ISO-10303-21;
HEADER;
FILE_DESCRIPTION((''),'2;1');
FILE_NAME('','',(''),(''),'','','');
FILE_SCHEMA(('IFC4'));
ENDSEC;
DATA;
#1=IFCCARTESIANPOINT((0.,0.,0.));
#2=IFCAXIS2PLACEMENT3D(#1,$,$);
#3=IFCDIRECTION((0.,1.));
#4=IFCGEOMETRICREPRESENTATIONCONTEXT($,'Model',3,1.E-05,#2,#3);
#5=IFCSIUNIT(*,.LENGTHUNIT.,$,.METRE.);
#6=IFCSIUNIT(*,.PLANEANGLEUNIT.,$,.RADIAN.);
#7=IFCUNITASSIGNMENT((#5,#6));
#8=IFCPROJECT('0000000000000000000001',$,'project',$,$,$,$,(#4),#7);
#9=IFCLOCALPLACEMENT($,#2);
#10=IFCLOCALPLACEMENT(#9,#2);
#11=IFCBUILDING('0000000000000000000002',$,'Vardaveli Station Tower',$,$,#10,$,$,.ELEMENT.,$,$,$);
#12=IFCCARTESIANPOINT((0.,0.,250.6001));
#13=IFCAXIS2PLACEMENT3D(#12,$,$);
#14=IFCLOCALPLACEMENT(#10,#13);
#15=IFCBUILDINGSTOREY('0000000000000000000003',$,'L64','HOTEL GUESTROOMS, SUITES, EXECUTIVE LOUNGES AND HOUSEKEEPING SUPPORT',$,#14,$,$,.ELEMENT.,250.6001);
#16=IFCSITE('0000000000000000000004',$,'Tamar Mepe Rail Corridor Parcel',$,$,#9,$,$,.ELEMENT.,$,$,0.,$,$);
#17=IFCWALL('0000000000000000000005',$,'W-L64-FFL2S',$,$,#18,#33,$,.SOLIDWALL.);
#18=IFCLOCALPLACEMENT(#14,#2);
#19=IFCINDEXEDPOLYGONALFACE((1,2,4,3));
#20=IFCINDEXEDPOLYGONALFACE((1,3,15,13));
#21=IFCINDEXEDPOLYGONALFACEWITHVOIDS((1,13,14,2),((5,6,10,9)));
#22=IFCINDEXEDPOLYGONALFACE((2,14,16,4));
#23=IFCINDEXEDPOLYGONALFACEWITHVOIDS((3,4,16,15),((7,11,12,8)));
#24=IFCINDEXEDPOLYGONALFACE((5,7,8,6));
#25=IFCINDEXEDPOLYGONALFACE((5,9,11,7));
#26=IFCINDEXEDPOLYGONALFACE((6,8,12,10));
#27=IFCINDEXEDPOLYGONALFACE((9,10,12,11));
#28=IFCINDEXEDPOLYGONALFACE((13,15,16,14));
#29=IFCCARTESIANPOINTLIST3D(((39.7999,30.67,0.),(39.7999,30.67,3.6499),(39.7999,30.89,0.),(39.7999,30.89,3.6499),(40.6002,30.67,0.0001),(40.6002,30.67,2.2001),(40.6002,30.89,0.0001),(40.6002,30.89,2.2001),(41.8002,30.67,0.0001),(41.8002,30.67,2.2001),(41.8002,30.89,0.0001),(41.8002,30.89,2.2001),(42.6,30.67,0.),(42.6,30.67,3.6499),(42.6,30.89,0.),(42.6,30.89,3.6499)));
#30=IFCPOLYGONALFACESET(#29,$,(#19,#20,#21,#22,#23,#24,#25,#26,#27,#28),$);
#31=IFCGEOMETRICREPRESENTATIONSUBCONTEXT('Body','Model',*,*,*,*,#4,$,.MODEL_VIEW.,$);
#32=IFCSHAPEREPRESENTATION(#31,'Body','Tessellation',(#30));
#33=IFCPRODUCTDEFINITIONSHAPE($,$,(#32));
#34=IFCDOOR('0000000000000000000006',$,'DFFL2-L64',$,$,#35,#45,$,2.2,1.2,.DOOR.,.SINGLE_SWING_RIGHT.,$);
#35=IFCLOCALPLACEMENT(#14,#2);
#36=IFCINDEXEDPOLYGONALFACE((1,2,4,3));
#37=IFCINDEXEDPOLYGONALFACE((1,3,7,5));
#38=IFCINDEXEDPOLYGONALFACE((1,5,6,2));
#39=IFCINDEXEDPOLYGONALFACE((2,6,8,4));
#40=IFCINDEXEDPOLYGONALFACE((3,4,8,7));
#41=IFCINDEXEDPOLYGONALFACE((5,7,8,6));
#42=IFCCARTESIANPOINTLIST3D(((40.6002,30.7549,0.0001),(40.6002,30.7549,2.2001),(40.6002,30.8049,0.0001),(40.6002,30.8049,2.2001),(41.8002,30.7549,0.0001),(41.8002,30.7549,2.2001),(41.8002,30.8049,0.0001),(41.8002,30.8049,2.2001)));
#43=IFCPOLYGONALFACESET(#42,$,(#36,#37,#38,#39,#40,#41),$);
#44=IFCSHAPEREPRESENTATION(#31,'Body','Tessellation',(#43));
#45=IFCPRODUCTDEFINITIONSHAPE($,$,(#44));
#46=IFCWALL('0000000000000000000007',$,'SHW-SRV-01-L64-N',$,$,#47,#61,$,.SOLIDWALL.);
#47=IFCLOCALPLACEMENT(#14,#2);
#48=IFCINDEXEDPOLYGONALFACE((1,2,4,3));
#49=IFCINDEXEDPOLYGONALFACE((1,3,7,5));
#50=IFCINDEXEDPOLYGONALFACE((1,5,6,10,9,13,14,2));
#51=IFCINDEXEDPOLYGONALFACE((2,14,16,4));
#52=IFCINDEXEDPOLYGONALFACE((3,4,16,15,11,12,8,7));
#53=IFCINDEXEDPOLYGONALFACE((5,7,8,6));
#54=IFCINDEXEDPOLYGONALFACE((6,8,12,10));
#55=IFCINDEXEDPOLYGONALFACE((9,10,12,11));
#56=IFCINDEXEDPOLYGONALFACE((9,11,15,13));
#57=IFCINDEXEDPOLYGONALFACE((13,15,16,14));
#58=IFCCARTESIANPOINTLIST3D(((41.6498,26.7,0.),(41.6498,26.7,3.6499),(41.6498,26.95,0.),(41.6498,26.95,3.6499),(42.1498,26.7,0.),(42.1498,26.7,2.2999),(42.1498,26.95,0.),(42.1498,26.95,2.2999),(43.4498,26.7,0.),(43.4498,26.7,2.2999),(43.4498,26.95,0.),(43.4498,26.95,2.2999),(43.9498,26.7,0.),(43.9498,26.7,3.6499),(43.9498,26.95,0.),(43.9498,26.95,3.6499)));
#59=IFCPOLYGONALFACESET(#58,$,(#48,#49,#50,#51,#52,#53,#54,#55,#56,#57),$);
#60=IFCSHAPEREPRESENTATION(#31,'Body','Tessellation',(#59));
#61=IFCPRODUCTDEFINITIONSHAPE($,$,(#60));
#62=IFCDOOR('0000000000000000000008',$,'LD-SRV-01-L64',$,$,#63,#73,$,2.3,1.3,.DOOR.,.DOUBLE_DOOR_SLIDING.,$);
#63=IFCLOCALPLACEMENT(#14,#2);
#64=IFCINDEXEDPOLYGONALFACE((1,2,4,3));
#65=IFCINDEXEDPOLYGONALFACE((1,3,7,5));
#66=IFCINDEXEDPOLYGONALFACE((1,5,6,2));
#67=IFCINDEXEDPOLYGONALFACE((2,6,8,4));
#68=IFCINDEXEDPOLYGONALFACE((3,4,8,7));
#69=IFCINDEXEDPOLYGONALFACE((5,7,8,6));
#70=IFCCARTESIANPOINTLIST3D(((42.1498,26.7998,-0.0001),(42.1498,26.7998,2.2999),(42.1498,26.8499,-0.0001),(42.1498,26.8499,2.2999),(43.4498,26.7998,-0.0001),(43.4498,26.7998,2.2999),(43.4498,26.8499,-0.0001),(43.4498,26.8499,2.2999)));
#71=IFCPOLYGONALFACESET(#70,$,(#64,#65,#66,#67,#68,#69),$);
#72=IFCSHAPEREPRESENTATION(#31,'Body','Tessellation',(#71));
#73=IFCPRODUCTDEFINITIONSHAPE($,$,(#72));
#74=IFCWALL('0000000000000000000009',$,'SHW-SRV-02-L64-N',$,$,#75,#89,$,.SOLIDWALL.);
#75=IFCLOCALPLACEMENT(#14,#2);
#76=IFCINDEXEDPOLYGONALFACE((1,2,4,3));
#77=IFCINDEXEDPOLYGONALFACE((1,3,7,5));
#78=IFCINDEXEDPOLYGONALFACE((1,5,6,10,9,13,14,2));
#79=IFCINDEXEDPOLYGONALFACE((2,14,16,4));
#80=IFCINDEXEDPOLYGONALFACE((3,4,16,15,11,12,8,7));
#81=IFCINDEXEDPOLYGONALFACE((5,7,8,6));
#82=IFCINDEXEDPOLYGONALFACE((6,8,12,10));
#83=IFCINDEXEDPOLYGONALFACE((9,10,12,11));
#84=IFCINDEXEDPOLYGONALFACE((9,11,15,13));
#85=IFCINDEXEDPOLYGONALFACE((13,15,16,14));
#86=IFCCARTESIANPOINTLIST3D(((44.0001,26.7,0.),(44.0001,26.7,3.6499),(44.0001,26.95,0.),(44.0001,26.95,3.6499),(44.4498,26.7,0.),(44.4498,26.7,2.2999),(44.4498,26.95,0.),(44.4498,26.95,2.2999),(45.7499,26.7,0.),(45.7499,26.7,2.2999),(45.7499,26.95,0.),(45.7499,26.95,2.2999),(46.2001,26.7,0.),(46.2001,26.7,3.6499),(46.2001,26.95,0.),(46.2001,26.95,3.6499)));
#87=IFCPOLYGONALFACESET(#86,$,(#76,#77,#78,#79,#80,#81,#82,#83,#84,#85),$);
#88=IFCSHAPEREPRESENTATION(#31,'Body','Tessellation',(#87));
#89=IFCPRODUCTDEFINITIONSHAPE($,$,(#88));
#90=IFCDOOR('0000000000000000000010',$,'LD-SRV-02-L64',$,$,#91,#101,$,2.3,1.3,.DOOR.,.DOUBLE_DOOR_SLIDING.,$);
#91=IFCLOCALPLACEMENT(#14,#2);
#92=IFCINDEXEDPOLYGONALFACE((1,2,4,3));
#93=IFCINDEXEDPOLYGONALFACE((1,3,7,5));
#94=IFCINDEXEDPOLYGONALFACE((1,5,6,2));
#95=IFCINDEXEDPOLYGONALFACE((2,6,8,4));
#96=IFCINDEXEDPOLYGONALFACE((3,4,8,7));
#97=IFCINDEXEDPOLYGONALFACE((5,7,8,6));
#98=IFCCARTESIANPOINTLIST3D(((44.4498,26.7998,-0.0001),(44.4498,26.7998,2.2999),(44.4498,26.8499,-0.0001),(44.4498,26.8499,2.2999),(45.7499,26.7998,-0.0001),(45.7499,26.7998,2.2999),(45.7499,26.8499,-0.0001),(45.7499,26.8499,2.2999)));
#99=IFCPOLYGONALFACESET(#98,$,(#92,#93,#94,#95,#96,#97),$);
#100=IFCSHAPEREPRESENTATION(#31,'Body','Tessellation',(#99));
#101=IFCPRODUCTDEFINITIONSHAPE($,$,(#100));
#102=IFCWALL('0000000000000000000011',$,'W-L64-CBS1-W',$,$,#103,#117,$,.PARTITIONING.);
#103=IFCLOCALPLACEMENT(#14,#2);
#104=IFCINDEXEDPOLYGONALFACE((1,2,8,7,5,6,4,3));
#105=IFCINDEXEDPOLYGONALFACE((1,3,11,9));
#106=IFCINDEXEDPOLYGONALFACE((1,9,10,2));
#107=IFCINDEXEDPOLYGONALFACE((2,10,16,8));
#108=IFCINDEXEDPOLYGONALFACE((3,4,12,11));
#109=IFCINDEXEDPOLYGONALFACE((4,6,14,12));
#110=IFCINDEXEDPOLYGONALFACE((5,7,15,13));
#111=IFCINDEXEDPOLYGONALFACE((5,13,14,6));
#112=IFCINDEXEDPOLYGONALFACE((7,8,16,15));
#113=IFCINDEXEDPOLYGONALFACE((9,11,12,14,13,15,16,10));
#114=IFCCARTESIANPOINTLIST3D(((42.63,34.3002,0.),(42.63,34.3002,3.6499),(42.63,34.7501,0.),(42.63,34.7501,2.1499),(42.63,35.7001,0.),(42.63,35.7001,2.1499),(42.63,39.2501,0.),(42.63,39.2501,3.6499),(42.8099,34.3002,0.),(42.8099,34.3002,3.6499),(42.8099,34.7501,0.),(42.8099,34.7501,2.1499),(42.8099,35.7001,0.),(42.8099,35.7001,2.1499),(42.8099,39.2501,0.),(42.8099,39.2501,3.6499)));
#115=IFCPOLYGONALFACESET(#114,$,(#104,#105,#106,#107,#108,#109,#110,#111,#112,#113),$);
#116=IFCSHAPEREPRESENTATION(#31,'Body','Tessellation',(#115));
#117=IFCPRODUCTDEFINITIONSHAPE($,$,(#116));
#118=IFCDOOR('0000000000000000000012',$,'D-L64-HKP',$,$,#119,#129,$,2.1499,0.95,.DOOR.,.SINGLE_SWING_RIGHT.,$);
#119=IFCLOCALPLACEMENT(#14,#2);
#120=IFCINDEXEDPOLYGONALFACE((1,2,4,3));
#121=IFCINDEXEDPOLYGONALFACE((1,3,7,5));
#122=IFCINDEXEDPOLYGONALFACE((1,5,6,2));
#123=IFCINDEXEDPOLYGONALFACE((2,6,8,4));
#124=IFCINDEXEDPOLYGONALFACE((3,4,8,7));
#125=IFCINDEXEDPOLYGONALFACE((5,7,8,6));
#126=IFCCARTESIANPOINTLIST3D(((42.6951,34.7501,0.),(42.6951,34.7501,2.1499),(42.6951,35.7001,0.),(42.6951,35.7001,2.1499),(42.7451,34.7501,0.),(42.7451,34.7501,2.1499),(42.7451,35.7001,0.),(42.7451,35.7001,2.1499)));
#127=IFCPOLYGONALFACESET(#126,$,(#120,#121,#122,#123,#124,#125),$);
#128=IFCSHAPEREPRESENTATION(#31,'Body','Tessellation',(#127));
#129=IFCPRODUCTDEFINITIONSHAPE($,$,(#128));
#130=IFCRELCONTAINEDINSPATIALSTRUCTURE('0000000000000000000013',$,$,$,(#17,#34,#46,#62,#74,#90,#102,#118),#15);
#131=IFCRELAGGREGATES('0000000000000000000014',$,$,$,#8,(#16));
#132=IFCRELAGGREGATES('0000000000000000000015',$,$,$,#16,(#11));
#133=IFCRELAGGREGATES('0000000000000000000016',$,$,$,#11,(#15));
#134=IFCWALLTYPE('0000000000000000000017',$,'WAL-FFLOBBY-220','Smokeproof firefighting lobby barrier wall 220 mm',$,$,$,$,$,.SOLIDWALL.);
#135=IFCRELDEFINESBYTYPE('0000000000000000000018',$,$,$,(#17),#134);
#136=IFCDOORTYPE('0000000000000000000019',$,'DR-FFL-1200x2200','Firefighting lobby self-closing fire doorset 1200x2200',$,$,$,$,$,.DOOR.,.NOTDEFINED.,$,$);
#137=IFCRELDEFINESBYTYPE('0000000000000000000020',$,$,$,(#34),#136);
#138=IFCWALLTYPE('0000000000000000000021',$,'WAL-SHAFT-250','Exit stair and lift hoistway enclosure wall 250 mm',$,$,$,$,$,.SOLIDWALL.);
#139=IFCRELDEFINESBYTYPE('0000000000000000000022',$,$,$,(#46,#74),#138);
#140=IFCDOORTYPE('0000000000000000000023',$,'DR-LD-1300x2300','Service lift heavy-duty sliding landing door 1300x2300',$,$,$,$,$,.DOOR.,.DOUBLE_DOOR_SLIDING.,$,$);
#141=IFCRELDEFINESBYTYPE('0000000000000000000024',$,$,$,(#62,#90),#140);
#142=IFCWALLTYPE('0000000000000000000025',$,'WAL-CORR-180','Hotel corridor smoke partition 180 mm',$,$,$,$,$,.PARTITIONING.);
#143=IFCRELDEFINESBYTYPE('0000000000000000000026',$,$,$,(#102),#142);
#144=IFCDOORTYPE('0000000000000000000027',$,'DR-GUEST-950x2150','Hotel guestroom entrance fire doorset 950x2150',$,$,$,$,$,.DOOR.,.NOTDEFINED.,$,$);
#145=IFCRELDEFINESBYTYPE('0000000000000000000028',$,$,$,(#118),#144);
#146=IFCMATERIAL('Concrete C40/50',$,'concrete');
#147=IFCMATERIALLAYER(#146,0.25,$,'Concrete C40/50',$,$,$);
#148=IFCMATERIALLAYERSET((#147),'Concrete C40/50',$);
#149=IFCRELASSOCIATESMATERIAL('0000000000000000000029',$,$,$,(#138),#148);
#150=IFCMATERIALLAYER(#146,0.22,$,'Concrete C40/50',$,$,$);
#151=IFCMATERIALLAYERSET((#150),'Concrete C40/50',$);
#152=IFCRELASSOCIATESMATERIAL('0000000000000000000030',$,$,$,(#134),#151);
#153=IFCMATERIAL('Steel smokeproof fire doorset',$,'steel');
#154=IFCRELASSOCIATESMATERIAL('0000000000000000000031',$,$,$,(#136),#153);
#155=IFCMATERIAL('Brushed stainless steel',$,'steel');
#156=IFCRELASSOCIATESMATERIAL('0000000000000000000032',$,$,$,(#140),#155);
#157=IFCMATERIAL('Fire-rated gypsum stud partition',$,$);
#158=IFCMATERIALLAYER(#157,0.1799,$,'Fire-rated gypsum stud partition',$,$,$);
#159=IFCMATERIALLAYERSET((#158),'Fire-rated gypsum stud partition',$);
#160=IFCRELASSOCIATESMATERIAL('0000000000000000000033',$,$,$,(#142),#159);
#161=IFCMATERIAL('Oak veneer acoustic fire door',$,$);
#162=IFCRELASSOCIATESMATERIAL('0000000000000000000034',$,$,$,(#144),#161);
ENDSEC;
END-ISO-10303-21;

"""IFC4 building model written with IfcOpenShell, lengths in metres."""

from ifc_helpers import new_model, si_unit, direction, frame, frame_2d, origin, place, context, subcontext, project, spatial, rectangle, extrude, source, transform, mapped, material, layer, layer_set, type_object, element, fill, save


model = new_model("IFC4")

# Units and contexts
model_context = context("Model", 3, precision=1e-05, world=origin(), true_north=direction((0.0, 1.0)))
body_context = subcontext(model_context, "Body", "Model", "MODEL_VIEW")
ifc_project = project(units=[si_unit("LENGTHUNIT", "METRE"), si_unit("PLANEANGLEUNIT", "RADIAN")], contexts=[model_context])

# Site, building, storey
site_placement = place(None, origin())
site = spatial("IfcSite", under=ifc_project, at=site_placement, Name="Tamar Mepe Rail Corridor Parcel", CompositionType="ELEMENT", RefElevation=0.0)
building_placement = place(site_placement, origin())
building = spatial("IfcBuilding", under=site, at=building_placement, Name="Vardaveli Station Tower", CompositionType="ELEMENT")
storey_placement = place(building_placement, frame((0.0, 0.0, 250.6001)))
storey = spatial("IfcBuildingStorey", under=building, at=storey_placement, Name="L64", Description="HOTEL GUESTROOMS, SUITES, EXECUTIVE LOUNGES AND HOUSEKEEPING SUPPORT", CompositionType="ELEMENT", Elevation=250.6001)

# Shared definitions
ifc_material_1 = material(Name="Concrete C40/50", Category="concrete")
ifc_layer_1 = layer(ifc_material_1, 0.25, Name="Concrete C40/50")
ifc_layer_set_1 = layer_set([ifc_layer_1], Name="Concrete C40/50")
wall_type_1 = type_object("IfcWallType", Name="WAL-SHAFT-250", Description="Exit stair and lift hoistway enclosure wall 250 mm", PredefinedType="SOLIDWALL", material=ifc_layer_set_1)

# Walls, openings, doors
ifc_material_2 = material(Name="Steel smokeproof fire doorset", Category="steel")
ifc_layer_2 = layer(ifc_material_1, 0.22, Name="Concrete C40/50")
ifc_layer_set_2 = layer_set([ifc_layer_2], Name="Concrete C40/50")
wall_type_2 = type_object("IfcWallType", Name="WAL-FFLOBBY-220", Description="Smokeproof firefighting lobby barrier wall 220 mm", PredefinedType="SOLIDWALL", material=ifc_layer_set_2)
shared_shape_1 = source(origin(), body_context, "Body", "SweptSolid", [
    extrude(rectangle(XDim=2.8, YDim=0.22, at=frame_2d((1.3999, 0.0))), origin(), (0.0, 0.0, 1.0), 3.6499),
])
wall_1_placement = place(storey_placement, frame((39.8, 30.78, 0.0), z_axis=(0.0, 0.0, 1.0), x_axis=(1.0, 0.0, 0.0)))
wall_1 = element("IfcWall", 1, at=wall_1_placement, inside=storey, type_object=wall_type_2, Name="W-L64-FFL2S", PredefinedType="SOLIDWALL", context=body_context, shape_type="MappedRepresentation", body=[
    mapped(shared_shape_1, transform((0.0, 0.0, 0.0), scale=1.0)),
])
shared_shape_2 = source(origin(), body_context, "Body", "SweptSolid", [
    extrude(rectangle(XDim=1.2, YDim=2.2, at=frame_2d((0.6001, 1.1001))), frame((0.0, 0.1201, 0.0), z_axis=(0.0, -1.0, 0.0), x_axis=(1.0, 0.0, 0.0)), (0.0, 0.0, 1.0), 0.24),
])
opening_1_placement = place(wall_1_placement, frame((0.8, 0.0, 0.0)))
opening_1 = element("IfcOpeningElement", 2, at=opening_1_placement, cuts=wall_1, PredefinedType="OPENING", context=body_context, shape_type="MappedRepresentation", body=[
    mapped(shared_shape_2, transform((0.0, 0.0, 0.0), scale=1.0)),
])
door_type_1 = type_object("IfcDoorType", Name="DR-FFL-1200x2200", Description="Firefighting lobby self-closing fire doorset 1200x2200", OperationType="NOTDEFINED", PredefinedType="DOOR", material=ifc_material_2)
shared_shape_3 = source(origin(), body_context, "Body", "SweptSolid", [
    extrude(rectangle(XDim=1.2, YDim=2.2, at=frame_2d((0.6001, 1.1001))), frame((0.0, 0.0249, 0.0), z_axis=(0.0, -1.0, 0.0), x_axis=(1.0, 0.0, 0.0)), (0.0, 0.0, 1.0), 0.05),
])
door_1_placement = place(opening_1_placement, origin())
door_1 = element("IfcDoor", 3, at=door_1_placement, inside=storey, type_object=door_type_1, Name="DFFL2-L64", OperationType="SINGLE_SWING_RIGHT", OverallHeight=2.2, OverallWidth=1.2, PredefinedType="DOOR", context=body_context, shape_type="MappedRepresentation", body=[
    mapped(shared_shape_3, transform((0.0, 0.0, 0.0), scale=1.0)),
])
fill(opening_1, door_1)
shared_shape_4 = source(origin(), body_context, "Body", "SweptSolid", [
    extrude(rectangle(XDim=2.3, YDim=0.25, at=frame_2d((1.1499, 0.0))), origin(), (0.0, 0.0, 1.0), 3.6499),
])
wall_2_placement = place(storey_placement, frame((41.6499, 26.825, 0.0), z_axis=(0.0, 0.0, 1.0), x_axis=(1.0, 0.0, 0.0)))
wall_2 = element("IfcWall", 4, at=wall_2_placement, inside=storey, type_object=wall_type_1, Name="SHW-SRV-01-L64-N", PredefinedType="SOLIDWALL", context=body_context, shape_type="MappedRepresentation", body=[
    mapped(shared_shape_4, transform((0.0, 0.0, 0.0), scale=1.0)),
])
shared_shape_5 = source(origin(), body_context, "Body", "SweptSolid", [
    extrude(rectangle(XDim=1.3, YDim=2.3, at=frame_2d((0.6499, 1.1499))), frame((0.0, 0.135, 0.0), z_axis=(0.0, -1.0, 0.0), x_axis=(1.0, 0.0, 0.0)), (0.0, 0.0, 1.0), 0.27),
])
opening_2_placement = place(wall_2_placement, frame((0.5, 0.0, 0.0)))
opening_2 = element("IfcOpeningElement", 5, at=opening_2_placement, cuts=wall_2, PredefinedType="OPENING", context=body_context, shape_type="MappedRepresentation", body=[
    mapped(shared_shape_5, transform((0.0, 0.0, 0.0), scale=1.0)),
])
ifc_material_3 = material(Name="Brushed stainless steel", Category="steel")
door_type_2 = type_object("IfcDoorType", Name="DR-LD-1300x2300", Description="Service lift heavy-duty sliding landing door 1300x2300", OperationType="DOUBLE_DOOR_SLIDING", PredefinedType="DOOR", material=ifc_material_3)
shared_shape_6 = source(origin(), body_context, "Body", "SweptSolid", [
    extrude(rectangle(XDim=1.3, YDim=2.3, at=frame_2d((0.6499, 1.1499))), frame((0.0, 0.0249, 0.0), z_axis=(0.0, -1.0, 0.0), x_axis=(1.0, 0.0, 0.0)), (0.0, 0.0, 1.0), 0.05),
])
door_2_placement = place(opening_2_placement, origin())
door_2 = element("IfcDoor", 6, at=door_2_placement, inside=storey, type_object=door_type_2, Name="LD-SRV-01-L64", OperationType="DOUBLE_DOOR_SLIDING", OverallHeight=2.3, OverallWidth=1.3, PredefinedType="DOOR", context=body_context, shape_type="MappedRepresentation", body=[
    mapped(shared_shape_6, transform((0.0, 0.0, 0.0), scale=1.0)),
])
fill(opening_2, door_2)
shared_shape_7 = source(origin(), body_context, "Body", "SweptSolid", [
    extrude(rectangle(XDim=2.2, YDim=0.25, at=frame_2d((1.1001, 0.0))), origin(), (0.0, 0.0, 1.0), 3.6499),
])
wall_3_placement = place(storey_placement, frame((44.0, 26.825, 0.0), z_axis=(0.0, 0.0, 1.0), x_axis=(1.0, 0.0, 0.0)))
wall_3 = element("IfcWall", 7, at=wall_3_placement, inside=storey, type_object=wall_type_1, Name="SHW-SRV-02-L64-N", PredefinedType="SOLIDWALL", context=body_context, shape_type="MappedRepresentation", body=[
    mapped(shared_shape_7, transform((0.0, 0.0, 0.0), scale=1.0)),
])
opening_3_placement = place(wall_3_placement, frame((0.45, 0.0, 0.0)))
opening_3 = element("IfcOpeningElement", 8, at=opening_3_placement, cuts=wall_3, PredefinedType="OPENING", context=body_context, shape_type="MappedRepresentation", body=[
    mapped(shared_shape_5, transform((0.0, 0.0, 0.0), scale=1.0)),
])
door_3_placement = place(opening_3_placement, origin())
door_3 = element("IfcDoor", 9, at=door_3_placement, inside=storey, type_object=door_type_2, Name="LD-SRV-02-L64", OperationType="DOUBLE_DOOR_SLIDING", OverallHeight=2.3, OverallWidth=1.3, PredefinedType="DOOR", context=body_context, shape_type="MappedRepresentation", body=[
    mapped(shared_shape_6, transform((0.0, 0.0, 0.0), scale=1.0)),
])
fill(opening_3, door_3)
ifc_material_4 = material(Name="Fire-rated gypsum stud partition")
ifc_layer_3 = layer(ifc_material_4, 0.1799, Name="Fire-rated gypsum stud partition")
ifc_layer_set_3 = layer_set([ifc_layer_3], Name="Fire-rated gypsum stud partition")
wall_type_3 = type_object("IfcWallType", Name="WAL-CORR-180", Description="Hotel corridor smoke partition 180 mm", PredefinedType="PARTITIONING", material=ifc_layer_set_3)
shared_shape_8 = source(origin(), body_context, "Body", "SweptSolid", [
    extrude(rectangle(XDim=4.95, YDim=0.1799, at=frame_2d((2.4751, 0.0))), origin(), (0.0, 0.0, 1.0), 3.6499),
])
wall_4_placement = place(storey_placement, frame((42.72, 34.3, 0.0), z_axis=(0.0, 0.0, 1.0), x_axis=(0.0, 1.0, 0.0)))
wall_4 = element("IfcWall", 10, at=wall_4_placement, inside=storey, type_object=wall_type_3, Name="W-L64-CBS1-W", PredefinedType="PARTITIONING", context=body_context, shape_type="MappedRepresentation", body=[
    mapped(shared_shape_8, transform((0.0, 0.0, 0.0), scale=1.0)),
])
shared_shape_9 = source(origin(), body_context, "Body", "SweptSolid", [
    extrude(rectangle(XDim=0.95, YDim=2.1499, at=frame_2d((0.4751, 1.075))), frame((0.0, 0.1001, 0.0), z_axis=(0.0, -1.0, 0.0), x_axis=(1.0, 0.0, 0.0)), (0.0, 0.0, 1.0), 0.2),
])
opening_4_placement = place(wall_4_placement, frame((0.45, 0.0, 0.0)))
opening_4 = element("IfcOpeningElement", 11, at=opening_4_placement, cuts=wall_4, PredefinedType="OPENING", context=body_context, shape_type="MappedRepresentation", body=[
    mapped(shared_shape_9, transform((0.0, 0.0, 0.0), scale=1.0)),
])
ifc_material_5 = material(Name="Oak veneer acoustic fire door")
door_type_3 = type_object("IfcDoorType", Name="DR-GUEST-950x2150", Description="Hotel guestroom entrance fire doorset 950x2150", OperationType="NOTDEFINED", PredefinedType="DOOR", material=ifc_material_5)
shared_shape_10 = source(origin(), body_context, "Body", "SweptSolid", [
    extrude(rectangle(XDim=0.95, YDim=2.1499, at=frame_2d((0.4751, 1.075))), frame((0.0, 0.0249, 0.0), z_axis=(0.0, -1.0, 0.0), x_axis=(1.0, 0.0, 0.0)), (0.0, 0.0, 1.0), 0.05),
])
door_4_placement = place(opening_4_placement, origin())
door_4 = element("IfcDoor", 12, at=door_4_placement, inside=storey, type_object=door_type_3, Name="D-L64-HKP", OperationType="SINGLE_SWING_RIGHT", OverallHeight=2.1499, OverallWidth=0.95, PredefinedType="DOOR", context=body_context, shape_type="MappedRepresentation", body=[
    mapped(shared_shape_10, transform((0.0, 0.0, 0.0), scale=1.0)),
])
fill(opening_4, door_4)

save(model, "model.ifc")
